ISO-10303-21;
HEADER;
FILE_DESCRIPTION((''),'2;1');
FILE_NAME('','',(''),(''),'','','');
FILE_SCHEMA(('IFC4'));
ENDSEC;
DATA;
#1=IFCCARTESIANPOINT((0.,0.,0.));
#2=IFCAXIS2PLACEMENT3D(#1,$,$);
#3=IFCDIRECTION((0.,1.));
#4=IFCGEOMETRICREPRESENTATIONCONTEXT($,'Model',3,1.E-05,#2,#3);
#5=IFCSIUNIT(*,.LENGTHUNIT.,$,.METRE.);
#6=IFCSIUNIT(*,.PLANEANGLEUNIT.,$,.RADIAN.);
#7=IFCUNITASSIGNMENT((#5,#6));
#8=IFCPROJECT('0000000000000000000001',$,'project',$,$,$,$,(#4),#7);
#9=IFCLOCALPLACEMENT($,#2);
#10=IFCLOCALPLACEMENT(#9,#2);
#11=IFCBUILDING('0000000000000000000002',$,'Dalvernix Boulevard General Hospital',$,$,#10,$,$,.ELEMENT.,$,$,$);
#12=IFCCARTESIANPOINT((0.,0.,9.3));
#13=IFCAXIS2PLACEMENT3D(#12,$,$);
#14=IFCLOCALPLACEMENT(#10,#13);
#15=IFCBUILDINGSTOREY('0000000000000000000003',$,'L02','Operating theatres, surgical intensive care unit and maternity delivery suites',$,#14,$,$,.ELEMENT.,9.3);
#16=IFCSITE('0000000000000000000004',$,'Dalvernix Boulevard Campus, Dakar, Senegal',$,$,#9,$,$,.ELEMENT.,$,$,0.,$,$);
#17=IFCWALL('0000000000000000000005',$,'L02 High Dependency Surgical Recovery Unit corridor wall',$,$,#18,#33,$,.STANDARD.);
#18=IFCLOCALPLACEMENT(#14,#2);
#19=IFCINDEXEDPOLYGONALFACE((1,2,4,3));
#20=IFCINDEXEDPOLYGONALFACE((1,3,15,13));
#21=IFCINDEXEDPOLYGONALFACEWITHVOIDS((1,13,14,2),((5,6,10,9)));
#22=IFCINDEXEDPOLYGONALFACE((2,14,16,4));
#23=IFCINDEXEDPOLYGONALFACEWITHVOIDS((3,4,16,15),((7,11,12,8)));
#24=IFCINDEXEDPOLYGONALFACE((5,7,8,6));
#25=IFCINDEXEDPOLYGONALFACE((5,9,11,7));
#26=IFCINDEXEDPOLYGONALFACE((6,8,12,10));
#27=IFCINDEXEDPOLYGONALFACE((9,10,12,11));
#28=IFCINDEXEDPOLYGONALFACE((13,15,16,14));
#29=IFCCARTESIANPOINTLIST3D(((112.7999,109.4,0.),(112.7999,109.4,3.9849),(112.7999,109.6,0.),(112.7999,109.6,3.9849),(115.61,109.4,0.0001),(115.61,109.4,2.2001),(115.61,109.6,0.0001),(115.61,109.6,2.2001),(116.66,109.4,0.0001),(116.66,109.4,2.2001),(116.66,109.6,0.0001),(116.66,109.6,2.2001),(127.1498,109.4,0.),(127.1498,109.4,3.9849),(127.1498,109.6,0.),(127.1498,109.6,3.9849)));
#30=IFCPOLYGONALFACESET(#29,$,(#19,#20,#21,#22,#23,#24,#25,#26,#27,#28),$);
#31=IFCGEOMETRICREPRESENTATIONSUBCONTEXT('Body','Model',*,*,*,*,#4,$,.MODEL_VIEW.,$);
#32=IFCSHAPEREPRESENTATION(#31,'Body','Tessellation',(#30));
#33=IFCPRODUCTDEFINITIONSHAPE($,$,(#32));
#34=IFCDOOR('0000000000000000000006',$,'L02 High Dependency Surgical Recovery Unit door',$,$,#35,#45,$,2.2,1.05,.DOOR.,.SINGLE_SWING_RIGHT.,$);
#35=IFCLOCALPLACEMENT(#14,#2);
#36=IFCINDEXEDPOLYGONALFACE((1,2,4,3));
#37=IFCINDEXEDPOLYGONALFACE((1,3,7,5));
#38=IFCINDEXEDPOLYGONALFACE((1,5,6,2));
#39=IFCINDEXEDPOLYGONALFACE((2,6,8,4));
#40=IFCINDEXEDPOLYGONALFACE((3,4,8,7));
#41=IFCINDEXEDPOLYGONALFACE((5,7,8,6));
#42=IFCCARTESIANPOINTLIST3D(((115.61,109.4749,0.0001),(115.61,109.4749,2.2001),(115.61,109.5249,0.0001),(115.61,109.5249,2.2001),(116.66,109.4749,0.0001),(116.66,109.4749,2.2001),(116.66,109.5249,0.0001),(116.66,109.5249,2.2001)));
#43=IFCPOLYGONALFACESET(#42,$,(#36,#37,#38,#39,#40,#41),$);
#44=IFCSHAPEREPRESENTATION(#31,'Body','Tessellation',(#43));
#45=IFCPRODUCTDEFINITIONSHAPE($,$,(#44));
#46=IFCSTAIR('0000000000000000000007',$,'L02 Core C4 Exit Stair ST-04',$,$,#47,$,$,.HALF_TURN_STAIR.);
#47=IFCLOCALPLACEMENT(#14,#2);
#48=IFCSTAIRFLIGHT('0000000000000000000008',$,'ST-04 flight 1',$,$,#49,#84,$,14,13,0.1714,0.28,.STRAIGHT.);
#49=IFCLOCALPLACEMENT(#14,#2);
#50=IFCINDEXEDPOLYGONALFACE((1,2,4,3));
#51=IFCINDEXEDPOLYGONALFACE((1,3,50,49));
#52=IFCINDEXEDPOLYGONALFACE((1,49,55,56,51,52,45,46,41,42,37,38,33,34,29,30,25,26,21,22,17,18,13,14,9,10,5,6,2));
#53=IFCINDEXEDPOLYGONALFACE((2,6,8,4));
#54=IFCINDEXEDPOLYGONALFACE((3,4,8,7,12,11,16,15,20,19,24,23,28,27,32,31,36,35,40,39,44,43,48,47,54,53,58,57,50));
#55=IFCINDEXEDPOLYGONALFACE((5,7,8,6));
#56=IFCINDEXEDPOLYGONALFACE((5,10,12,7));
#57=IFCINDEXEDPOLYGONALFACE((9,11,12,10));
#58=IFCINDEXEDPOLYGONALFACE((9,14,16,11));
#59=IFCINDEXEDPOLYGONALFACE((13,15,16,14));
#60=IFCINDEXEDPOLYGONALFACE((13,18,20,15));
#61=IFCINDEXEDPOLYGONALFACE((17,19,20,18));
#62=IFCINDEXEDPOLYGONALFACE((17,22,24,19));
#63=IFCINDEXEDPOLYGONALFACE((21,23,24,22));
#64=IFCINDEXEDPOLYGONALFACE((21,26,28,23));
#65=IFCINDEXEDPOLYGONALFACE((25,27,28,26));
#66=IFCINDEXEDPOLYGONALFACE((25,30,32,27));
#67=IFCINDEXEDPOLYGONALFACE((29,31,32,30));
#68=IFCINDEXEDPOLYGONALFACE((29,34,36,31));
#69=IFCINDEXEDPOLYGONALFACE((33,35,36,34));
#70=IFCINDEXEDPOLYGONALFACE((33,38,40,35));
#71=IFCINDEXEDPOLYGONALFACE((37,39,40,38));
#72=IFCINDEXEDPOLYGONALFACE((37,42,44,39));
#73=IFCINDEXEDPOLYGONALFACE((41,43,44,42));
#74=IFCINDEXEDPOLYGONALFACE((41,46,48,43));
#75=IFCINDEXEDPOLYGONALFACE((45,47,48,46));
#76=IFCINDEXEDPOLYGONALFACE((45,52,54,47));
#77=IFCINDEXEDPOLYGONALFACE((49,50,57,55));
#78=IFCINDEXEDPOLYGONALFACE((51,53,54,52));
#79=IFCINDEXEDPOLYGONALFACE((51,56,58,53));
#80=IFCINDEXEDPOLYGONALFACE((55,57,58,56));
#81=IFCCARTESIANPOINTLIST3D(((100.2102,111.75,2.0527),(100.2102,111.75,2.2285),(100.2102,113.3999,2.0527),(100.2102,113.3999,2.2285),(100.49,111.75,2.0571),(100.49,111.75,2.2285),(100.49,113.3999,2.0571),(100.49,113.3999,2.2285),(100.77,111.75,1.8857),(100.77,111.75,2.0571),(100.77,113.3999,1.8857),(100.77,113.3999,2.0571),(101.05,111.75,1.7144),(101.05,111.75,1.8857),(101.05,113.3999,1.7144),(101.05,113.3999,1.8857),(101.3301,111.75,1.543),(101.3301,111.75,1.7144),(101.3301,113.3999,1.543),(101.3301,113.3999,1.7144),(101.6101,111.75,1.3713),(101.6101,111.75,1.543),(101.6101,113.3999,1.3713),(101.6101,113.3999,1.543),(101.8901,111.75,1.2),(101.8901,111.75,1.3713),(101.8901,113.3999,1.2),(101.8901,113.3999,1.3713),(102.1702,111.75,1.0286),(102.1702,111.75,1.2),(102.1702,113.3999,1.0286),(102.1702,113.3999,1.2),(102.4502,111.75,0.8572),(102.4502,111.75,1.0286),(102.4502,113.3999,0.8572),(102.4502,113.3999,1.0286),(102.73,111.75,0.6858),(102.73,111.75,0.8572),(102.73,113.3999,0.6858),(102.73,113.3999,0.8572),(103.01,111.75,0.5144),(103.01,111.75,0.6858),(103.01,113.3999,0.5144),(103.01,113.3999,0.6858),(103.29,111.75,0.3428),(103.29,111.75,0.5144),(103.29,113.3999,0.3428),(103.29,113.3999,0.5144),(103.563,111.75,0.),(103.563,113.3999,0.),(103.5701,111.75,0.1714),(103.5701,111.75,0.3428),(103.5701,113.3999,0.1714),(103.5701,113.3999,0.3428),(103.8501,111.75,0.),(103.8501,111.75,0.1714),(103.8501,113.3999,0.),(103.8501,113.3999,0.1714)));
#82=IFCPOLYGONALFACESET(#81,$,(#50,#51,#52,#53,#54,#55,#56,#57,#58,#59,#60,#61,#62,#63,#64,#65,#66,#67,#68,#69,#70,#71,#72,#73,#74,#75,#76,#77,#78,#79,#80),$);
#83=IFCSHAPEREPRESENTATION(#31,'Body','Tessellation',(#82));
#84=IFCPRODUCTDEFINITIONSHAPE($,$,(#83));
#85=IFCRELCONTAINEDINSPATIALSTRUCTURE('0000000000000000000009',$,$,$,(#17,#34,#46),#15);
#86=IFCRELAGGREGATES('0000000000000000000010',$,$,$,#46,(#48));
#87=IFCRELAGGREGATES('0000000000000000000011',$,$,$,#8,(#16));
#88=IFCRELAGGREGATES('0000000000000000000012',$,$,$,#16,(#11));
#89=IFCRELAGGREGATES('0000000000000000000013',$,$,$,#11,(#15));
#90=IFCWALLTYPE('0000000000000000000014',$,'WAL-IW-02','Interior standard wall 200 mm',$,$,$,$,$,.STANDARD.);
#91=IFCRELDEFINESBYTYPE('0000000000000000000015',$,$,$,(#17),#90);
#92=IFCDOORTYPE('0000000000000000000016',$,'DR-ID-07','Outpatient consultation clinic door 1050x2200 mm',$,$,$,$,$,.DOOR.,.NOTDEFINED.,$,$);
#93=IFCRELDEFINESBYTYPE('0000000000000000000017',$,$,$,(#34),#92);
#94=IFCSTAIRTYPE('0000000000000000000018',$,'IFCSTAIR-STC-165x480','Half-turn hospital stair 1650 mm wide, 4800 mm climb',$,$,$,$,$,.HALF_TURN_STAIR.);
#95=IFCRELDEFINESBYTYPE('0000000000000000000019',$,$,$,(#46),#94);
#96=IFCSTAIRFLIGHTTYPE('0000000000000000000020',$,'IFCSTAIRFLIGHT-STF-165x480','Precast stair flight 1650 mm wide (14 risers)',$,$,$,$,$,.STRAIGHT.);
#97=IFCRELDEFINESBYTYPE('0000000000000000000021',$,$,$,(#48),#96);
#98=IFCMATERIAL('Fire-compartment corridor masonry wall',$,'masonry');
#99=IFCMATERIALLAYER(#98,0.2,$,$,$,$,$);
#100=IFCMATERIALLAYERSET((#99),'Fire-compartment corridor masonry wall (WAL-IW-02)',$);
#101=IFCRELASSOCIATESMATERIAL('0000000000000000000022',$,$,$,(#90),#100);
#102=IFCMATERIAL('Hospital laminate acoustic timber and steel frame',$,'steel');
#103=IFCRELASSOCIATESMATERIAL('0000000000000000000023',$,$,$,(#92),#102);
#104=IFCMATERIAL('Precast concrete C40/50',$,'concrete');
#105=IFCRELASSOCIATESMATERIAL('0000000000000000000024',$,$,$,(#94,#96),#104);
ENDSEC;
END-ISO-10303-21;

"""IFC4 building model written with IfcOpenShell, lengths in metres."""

from ifc_helpers import new_model, si_unit, direction, frame, frame_2d, origin, place, context, subcontext, project, spatial, polyline, rectangle, outline, extrude, material, layer, layer_set, type_object, element, fill, aggregate, save


model = new_model("IFC4")

# Units and contexts
model_context = context("Model", 3, precision=1e-05, world=origin(), true_north=direction((0.0, 1.0)))
body_context = subcontext(model_context, "Body", "Model", "MODEL_VIEW")
ifc_project = project(units=[si_unit("LENGTHUNIT", "METRE"), si_unit("PLANEANGLEUNIT", "RADIAN")], contexts=[model_context])

# Site, building, storey
site_placement = place(None, origin())
site = spatial("IfcSite", under=ifc_project, at=site_placement, Name="Dalvernix Boulevard Campus, Dakar, Senegal", CompositionType="ELEMENT", RefElevation=0.0)
building_placement = place(site_placement, origin())
building = spatial("IfcBuilding", under=site, at=building_placement, Name="Dalvernix Boulevard General Hospital", CompositionType="ELEMENT")
storey_placement = place(building_placement, frame((0.0, 0.0, 9.3)))
storey = spatial("IfcBuildingStorey", under=building, at=storey_placement, Name="L02", Description="Operating theatres, surgical intensive care unit and maternity delivery suites", CompositionType="ELEMENT", Elevation=9.3)

# Shared definitions
ifc_material_1 = material(Name="Hospital laminate acoustic timber and steel frame", Category="steel")

# Wall, opening, door
ifc_material_2 = material(Name="Fire-compartment corridor masonry wall", Category="masonry")
ifc_layer_1 = layer(ifc_material_2, 0.2)
ifc_layer_set_1 = layer_set([ifc_layer_1], Name="Fire-compartment corridor masonry wall (WAL-IW-02)")
wall_type_1 = type_object("IfcWallType", Name="WAL-IW-02", Description="Interior standard wall 200 mm", PredefinedType="STANDARD", material=ifc_layer_set_1)
wall_1_placement = place(storey_placement, frame((112.8, 109.5, 0.0), z_axis=(0.0, 0.0, 1.0), x_axis=(1.0, 0.0, 0.0)))
wall_1 = element("IfcWall", 1, at=wall_1_placement, inside=storey, type_object=wall_type_1, Name="L02 High Dependency Surgical Recovery Unit corridor wall", PredefinedType="STANDARD", context=body_context, shape_type="SweptSolid", body=[
    extrude(rectangle(XDim=14.3499, YDim=0.2, at=frame_2d((7.1748, 0.0))), origin(), (0.0, 0.0, 1.0), 3.9849),
])
opening_1_placement = place(wall_1_placement, frame((2.8101, 0.0, 0.0)))
opening_1 = element("IfcOpeningElement", 2, at=opening_1_placement, cuts=wall_1, PredefinedType="OPENING", context=body_context, shape_type="SweptSolid", body=[
    extrude(rectangle(XDim=1.05, YDim=2.2, at=frame_2d((0.5249, 1.1001))), frame((0.0, 0.1099, 0.0), z_axis=(0.0, -1.0, 0.0), x_axis=(1.0, 0.0, 0.0)), (0.0, 0.0, 1.0), 0.22),
])
door_type_1 = type_object("IfcDoorType", Name="DR-ID-07", Description="Outpatient consultation clinic door 1050x2200 mm", OperationType="NOTDEFINED", PredefinedType="DOOR", material=ifc_material_1)
door_1_placement = place(opening_1_placement, origin())
door_1 = element("IfcDoor", 3, at=door_1_placement, inside=storey, type_object=door_type_1, Name="L02 High Dependency Surgical Recovery Unit door", OperationType="SINGLE_SWING_RIGHT", OverallHeight=2.2, OverallWidth=1.05, PredefinedType="DOOR", context=body_context, shape_type="SweptSolid", body=[
    extrude(rectangle(XDim=1.05, YDim=2.2, at=frame_2d((0.5249, 1.1001))), frame((0.0, 0.0249, 0.0), z_axis=(0.0, -1.0, 0.0), x_axis=(1.0, 0.0, 0.0)), (0.0, 0.0, 1.0), 0.05),
])
fill(opening_1, door_1)

# Stair, stair flight
ifc_material_3 = material(Name="Precast concrete C40/50", Category="concrete")
stair_type = type_object("IfcStairType", Name="IFCSTAIR-STC-165x480", Description="Half-turn hospital stair 1650 mm wide, 4800 mm climb", PredefinedType="HALF_TURN_STAIR", material=ifc_material_3)
stair_placement = place(storey_placement, origin())
stair = element("IfcStair", 4, at=stair_placement, inside=storey, type_object=stair_type, Name="L02 Core C4 Exit Stair ST-04", PredefinedType="HALF_TURN_STAIR")
stair_flight_type = type_object("IfcStairFlightType", Name="IFCSTAIRFLIGHT-STF-165x480", Description="Precast stair flight 1650 mm wide (14 risers)", PredefinedType="STRAIGHT", material=ifc_material_3)
stair_flight_placement = place(storey_placement, frame((103.8501, 112.575, 0.0), z_axis=(0.0, 0.0, 1.0), x_axis=(-1.0, 0.0, 0.0)))
stair_flight = element("IfcStairFlight", 5, at=stair_flight_placement, type_object=stair_flight_type, Name="ST-04 flight 1", NumberOfRisers=14, NumberOfTreads=13, PredefinedType="STRAIGHT", RiserHeight=0.1714, TreadLength=0.28, context=body_context, shape_type="SweptSolid", body=[
    extrude(outline(polyline([(0.0, 0.0), (0.0, 0.1714), (0.28, 0.1714), (0.28, 0.3428), (0.5601, 0.3428), (0.5601, 0.5144), (0.8401, 0.5144), (0.8401, 0.6858), (1.1201, 0.6858), (1.1201, 0.8572), (1.3999, 0.8572), (1.3999, 1.0286), (1.6799, 1.0286), (1.6799, 1.2), (1.96, 1.2), (1.96, 1.3713), (2.24, 1.3713), (2.24, 1.543), (2.52, 1.543), (2.52, 1.7144), (2.8, 1.7144), (2.8, 1.8857), (3.0801, 1.8857), (3.0801, 2.0571), (3.3601, 2.0571), (3.3601, 2.2285), (3.6399, 2.2285), (3.6399, 2.3999), (3.6399, 2.0527), (0.2871, 0.0), (0.0, 0.0)])), frame((0.0, 0.825, 0.0), z_axis=(0.0, -1.0, 0.0), x_axis=(1.0, 0.0, 0.0)), (0.0, 0.0, 1.0), 1.6499),
])
aggregate(stair, [stair_flight])

save(model, "model.ifc")
